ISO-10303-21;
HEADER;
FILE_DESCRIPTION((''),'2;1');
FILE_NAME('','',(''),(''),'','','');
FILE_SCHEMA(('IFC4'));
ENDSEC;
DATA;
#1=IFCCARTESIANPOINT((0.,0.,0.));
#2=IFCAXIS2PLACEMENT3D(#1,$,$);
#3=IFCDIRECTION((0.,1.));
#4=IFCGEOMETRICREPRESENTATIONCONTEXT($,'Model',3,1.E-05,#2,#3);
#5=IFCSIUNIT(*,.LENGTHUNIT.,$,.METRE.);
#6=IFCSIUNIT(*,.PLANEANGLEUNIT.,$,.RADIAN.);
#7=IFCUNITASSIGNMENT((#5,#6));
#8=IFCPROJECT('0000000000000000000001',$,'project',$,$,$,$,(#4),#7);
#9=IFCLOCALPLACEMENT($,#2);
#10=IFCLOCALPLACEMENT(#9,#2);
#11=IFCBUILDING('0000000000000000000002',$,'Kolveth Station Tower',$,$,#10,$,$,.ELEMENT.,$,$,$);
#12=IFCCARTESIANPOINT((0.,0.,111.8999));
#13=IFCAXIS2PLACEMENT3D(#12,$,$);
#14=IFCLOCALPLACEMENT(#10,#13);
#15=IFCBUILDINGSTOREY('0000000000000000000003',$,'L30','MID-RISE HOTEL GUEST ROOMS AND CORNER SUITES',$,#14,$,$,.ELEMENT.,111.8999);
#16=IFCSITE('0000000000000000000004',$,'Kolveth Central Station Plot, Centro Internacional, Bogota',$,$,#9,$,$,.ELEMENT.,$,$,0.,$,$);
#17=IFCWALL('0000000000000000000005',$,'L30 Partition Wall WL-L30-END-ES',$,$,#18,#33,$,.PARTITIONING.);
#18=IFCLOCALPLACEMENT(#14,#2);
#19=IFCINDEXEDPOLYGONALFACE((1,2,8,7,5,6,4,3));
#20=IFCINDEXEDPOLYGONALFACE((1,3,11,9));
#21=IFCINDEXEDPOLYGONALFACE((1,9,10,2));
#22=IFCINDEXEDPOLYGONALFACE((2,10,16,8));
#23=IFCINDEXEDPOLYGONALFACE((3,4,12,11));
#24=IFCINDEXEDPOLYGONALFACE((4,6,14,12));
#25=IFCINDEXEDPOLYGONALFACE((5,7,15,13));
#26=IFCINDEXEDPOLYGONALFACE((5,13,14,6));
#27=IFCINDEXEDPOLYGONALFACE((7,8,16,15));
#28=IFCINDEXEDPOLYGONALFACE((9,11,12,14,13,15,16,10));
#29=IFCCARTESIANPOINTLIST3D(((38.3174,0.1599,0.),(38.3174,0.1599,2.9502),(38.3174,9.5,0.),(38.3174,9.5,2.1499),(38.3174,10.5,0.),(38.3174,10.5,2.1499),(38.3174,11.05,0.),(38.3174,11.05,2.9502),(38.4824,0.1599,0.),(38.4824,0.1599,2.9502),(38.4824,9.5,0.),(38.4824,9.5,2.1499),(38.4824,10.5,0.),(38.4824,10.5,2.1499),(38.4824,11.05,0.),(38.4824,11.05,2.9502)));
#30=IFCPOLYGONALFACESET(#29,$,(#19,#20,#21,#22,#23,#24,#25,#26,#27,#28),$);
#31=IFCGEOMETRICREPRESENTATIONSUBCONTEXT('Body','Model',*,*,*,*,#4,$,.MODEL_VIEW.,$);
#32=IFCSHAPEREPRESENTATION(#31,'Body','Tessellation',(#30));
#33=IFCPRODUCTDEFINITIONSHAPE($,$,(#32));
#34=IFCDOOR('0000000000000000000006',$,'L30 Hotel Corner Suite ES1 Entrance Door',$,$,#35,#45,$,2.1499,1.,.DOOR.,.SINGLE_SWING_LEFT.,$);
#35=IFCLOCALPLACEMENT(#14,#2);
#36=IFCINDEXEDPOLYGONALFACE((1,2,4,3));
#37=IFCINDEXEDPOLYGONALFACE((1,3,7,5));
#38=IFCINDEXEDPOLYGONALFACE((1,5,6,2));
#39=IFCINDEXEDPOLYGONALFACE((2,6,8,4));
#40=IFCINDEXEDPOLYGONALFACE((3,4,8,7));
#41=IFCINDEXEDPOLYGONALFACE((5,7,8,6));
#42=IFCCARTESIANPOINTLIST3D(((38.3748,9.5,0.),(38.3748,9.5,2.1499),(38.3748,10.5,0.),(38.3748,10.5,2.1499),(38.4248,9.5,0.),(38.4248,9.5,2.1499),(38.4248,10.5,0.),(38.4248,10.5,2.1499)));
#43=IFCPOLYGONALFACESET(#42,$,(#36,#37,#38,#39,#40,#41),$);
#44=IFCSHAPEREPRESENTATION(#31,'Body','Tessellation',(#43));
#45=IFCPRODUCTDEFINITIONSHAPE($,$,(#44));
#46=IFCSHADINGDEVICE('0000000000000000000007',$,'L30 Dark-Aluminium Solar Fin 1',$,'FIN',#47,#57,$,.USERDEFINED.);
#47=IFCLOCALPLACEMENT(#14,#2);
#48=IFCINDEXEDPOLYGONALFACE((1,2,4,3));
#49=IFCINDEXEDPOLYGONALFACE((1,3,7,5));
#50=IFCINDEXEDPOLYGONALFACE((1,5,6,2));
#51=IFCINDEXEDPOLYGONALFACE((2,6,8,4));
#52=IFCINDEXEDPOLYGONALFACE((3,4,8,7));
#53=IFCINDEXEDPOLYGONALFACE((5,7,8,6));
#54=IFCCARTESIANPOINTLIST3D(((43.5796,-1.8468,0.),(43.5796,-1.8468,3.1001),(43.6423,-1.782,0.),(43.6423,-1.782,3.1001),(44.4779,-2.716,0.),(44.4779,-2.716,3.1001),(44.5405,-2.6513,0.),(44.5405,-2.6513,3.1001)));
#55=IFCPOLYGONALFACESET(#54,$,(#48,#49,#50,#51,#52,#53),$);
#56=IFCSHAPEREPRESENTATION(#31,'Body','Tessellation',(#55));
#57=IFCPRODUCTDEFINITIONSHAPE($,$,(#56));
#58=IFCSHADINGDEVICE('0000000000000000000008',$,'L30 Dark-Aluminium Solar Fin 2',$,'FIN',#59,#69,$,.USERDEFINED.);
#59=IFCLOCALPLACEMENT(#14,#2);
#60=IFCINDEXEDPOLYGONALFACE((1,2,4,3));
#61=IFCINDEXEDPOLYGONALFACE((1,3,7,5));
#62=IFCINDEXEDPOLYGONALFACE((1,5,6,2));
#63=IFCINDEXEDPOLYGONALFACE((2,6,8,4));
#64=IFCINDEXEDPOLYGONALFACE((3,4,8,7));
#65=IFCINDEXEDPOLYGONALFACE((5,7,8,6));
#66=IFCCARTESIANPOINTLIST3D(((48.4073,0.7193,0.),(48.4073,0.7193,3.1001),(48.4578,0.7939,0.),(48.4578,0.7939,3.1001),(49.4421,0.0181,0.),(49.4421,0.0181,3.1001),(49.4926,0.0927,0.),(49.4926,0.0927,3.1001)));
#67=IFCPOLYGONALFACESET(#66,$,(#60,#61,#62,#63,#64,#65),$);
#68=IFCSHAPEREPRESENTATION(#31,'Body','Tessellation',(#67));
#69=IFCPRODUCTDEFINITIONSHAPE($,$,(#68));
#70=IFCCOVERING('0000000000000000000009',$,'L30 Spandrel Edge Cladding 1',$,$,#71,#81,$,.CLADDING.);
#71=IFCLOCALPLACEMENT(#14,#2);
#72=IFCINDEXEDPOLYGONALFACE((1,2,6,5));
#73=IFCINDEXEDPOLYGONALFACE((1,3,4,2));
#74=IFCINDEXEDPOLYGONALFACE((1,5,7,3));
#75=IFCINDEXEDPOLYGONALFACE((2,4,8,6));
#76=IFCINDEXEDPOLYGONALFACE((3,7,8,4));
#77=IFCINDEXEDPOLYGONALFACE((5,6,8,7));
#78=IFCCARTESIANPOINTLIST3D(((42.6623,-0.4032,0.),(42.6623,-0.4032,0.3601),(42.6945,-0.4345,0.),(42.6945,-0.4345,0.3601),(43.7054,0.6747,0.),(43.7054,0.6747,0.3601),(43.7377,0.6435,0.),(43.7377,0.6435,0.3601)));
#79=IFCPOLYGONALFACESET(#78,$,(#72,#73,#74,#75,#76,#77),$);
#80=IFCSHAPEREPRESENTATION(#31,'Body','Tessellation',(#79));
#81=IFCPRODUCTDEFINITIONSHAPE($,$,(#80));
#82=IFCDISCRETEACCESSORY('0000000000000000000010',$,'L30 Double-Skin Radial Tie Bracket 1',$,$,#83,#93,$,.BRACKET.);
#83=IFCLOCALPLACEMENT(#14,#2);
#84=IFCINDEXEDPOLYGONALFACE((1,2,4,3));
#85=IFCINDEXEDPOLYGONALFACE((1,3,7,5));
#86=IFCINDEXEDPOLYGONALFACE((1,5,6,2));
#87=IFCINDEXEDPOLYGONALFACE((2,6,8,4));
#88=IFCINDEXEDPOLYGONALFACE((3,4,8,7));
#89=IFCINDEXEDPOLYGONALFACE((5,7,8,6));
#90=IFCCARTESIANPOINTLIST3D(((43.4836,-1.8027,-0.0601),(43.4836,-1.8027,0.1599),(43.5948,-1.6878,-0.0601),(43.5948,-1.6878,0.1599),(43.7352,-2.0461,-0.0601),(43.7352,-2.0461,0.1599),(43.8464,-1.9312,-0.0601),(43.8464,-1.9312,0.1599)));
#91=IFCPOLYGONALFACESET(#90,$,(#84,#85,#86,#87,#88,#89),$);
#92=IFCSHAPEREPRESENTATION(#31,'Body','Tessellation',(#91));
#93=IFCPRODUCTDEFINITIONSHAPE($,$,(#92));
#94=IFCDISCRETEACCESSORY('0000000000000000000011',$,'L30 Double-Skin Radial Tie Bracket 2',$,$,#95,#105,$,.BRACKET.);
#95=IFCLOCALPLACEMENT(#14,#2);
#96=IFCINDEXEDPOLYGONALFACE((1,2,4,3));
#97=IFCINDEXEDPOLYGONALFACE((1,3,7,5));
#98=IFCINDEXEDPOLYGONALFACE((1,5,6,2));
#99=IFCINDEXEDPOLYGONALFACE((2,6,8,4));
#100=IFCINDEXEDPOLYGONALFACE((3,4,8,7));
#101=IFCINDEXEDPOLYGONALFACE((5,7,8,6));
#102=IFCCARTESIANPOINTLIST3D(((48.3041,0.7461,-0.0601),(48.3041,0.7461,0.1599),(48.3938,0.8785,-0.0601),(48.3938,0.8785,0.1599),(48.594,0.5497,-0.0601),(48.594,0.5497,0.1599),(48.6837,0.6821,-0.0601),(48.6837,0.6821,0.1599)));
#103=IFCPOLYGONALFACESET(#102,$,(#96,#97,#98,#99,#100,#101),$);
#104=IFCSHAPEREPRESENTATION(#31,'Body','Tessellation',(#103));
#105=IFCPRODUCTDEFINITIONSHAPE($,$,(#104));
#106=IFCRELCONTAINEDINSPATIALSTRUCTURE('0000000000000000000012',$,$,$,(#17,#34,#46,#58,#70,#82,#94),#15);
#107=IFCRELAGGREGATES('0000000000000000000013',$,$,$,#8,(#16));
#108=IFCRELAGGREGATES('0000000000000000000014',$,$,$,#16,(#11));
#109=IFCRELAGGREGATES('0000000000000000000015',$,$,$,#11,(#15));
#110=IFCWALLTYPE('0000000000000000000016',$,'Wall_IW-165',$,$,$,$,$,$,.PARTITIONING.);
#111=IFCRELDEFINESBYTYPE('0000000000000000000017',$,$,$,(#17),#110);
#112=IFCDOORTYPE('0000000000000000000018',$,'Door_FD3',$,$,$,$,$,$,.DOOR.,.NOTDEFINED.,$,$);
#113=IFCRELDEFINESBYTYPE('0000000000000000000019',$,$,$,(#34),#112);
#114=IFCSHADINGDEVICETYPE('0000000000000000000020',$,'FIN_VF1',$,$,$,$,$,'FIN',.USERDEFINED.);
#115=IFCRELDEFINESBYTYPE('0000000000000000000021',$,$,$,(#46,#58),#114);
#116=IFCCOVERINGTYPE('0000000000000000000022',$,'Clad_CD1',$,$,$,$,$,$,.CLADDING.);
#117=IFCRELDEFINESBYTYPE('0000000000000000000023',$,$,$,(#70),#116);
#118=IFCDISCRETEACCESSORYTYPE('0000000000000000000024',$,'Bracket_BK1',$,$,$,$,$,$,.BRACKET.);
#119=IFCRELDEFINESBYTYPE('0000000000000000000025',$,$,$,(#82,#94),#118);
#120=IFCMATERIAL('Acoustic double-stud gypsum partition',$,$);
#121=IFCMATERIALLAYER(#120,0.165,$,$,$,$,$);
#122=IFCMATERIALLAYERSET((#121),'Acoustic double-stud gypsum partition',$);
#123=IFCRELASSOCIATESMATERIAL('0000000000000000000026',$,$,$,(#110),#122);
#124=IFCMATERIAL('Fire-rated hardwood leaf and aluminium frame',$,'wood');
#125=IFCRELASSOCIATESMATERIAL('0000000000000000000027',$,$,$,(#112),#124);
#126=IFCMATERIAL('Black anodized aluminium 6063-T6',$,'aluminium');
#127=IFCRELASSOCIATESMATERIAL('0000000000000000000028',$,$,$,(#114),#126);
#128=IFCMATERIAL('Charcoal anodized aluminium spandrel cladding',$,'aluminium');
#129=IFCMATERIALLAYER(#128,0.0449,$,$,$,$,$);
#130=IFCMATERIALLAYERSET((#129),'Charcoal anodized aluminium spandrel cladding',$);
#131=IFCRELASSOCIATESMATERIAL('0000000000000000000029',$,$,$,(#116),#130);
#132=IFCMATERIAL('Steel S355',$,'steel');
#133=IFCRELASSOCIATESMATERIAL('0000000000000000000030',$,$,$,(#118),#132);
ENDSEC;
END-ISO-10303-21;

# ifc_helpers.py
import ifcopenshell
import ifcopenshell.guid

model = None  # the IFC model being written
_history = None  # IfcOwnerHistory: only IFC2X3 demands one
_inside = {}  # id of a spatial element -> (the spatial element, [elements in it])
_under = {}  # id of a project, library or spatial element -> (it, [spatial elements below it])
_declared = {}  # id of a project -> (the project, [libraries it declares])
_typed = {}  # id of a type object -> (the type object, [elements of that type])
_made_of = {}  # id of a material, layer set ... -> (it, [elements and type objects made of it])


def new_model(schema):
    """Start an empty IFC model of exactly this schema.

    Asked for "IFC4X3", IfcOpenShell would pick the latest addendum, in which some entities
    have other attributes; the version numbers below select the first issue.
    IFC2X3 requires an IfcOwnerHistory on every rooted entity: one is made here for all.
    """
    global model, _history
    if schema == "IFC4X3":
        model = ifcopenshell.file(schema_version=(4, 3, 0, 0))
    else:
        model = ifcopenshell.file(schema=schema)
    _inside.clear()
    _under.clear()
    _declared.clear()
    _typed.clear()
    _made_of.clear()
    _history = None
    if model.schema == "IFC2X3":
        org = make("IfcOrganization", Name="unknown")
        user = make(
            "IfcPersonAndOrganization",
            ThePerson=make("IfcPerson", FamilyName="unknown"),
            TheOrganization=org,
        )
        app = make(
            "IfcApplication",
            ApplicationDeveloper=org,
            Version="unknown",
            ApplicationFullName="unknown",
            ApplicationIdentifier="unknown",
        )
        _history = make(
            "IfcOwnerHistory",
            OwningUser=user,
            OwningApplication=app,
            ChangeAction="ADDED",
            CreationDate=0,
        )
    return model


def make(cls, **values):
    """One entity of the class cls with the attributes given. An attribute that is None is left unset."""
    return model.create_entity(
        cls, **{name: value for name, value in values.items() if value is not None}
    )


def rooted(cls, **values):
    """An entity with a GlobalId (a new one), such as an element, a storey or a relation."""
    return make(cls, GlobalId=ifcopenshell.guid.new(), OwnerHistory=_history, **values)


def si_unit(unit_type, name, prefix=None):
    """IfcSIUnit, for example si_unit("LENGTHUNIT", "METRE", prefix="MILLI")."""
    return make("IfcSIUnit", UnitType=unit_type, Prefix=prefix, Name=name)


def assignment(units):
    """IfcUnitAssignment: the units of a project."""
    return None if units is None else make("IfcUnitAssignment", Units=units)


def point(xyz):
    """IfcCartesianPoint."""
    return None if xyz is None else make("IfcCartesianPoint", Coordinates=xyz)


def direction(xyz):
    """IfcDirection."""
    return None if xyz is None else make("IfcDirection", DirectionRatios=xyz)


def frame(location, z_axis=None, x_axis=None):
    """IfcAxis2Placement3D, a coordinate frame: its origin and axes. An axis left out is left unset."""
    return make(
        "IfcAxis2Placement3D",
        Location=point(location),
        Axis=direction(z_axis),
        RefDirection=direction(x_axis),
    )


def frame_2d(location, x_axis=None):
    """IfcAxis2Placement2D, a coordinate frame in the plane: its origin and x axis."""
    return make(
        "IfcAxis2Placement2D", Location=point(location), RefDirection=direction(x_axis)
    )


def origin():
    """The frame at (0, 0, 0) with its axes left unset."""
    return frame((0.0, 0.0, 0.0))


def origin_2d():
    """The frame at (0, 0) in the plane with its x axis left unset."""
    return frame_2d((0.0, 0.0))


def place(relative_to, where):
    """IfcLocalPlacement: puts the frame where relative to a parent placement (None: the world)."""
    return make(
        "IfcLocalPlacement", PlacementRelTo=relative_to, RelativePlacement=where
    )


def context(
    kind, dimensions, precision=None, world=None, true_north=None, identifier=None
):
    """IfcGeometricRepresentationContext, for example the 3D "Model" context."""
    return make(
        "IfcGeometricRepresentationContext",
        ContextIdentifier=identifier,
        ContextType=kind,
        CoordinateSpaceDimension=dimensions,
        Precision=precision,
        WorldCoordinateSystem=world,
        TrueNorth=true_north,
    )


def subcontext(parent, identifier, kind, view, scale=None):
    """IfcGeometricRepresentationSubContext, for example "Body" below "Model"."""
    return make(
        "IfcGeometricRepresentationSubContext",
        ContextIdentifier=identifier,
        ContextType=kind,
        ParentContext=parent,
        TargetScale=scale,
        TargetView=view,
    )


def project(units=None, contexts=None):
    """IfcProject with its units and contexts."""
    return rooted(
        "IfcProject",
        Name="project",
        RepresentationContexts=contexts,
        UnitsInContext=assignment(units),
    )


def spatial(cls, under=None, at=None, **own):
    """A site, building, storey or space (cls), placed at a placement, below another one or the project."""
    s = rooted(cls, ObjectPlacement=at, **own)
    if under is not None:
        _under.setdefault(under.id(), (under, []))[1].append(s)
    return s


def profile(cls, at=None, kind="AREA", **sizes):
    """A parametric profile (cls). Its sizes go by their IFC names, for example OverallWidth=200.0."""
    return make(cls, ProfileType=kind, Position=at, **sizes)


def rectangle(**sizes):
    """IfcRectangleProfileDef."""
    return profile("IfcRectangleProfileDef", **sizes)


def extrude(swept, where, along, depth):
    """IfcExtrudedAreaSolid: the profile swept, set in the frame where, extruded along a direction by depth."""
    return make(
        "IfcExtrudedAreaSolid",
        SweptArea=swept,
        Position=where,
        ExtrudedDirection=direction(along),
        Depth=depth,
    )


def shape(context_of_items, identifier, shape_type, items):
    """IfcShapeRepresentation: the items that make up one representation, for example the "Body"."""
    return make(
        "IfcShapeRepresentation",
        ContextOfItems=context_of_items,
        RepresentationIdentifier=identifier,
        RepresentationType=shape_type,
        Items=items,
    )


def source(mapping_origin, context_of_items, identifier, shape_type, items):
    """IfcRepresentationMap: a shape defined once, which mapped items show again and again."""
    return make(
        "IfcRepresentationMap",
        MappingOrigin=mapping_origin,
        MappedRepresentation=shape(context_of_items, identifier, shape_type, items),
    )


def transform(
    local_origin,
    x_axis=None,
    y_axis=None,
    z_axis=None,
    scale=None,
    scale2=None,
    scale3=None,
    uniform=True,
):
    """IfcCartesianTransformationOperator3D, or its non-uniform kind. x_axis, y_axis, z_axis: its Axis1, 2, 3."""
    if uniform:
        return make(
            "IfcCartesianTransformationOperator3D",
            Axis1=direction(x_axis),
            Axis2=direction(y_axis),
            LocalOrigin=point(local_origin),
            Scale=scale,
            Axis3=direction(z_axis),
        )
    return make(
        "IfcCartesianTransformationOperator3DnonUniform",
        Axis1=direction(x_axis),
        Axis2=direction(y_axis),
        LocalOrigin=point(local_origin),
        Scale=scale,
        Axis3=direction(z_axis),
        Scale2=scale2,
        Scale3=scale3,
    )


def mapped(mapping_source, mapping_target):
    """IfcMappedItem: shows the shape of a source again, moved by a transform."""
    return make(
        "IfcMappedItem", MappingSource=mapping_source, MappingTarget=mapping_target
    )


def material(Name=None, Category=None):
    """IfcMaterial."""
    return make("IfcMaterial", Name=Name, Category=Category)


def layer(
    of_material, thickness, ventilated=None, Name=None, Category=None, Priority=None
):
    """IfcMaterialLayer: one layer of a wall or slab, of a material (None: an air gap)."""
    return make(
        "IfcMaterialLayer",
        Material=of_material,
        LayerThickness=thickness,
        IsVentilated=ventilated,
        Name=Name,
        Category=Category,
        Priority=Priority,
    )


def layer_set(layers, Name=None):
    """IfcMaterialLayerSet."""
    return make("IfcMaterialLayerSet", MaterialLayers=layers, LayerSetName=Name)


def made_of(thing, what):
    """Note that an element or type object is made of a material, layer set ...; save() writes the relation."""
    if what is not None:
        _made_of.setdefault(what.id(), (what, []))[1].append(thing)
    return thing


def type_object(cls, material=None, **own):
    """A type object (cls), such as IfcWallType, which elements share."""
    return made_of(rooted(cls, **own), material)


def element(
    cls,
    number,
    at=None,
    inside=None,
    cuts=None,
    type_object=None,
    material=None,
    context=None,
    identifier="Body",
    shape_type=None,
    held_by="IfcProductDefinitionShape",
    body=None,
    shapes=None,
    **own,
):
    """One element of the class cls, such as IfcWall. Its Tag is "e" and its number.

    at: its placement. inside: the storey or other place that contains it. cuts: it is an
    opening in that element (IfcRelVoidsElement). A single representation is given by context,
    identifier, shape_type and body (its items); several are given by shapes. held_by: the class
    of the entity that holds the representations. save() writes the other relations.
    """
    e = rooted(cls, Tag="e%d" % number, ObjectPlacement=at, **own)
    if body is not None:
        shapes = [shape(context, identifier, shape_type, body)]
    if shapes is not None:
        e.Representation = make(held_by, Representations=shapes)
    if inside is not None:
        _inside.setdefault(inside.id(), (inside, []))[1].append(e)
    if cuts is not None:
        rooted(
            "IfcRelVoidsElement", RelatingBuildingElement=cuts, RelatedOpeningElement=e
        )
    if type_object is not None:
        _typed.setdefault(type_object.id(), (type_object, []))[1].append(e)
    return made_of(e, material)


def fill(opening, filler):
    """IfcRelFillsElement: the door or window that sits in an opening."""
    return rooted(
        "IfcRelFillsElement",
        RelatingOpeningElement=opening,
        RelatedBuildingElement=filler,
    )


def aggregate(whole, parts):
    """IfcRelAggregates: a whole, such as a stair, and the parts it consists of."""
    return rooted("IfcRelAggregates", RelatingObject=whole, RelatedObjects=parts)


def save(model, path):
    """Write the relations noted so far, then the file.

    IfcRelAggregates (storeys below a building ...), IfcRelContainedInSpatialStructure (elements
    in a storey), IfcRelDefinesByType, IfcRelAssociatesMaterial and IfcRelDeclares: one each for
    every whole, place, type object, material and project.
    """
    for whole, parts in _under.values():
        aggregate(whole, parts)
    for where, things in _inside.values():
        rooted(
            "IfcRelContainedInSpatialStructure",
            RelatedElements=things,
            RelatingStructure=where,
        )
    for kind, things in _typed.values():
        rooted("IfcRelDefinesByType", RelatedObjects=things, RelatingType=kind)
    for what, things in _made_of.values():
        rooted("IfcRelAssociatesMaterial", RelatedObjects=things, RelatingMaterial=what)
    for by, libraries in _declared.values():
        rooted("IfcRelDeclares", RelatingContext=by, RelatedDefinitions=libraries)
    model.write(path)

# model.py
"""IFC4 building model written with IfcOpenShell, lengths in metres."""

from ifc_helpers import new_model, si_unit, direction, frame, frame_2d, origin, origin_2d, place, context, subcontext, project, spatial, rectangle, extrude, source, transform, mapped, material, layer, layer_set, type_object, element, fill, save


model = new_model("IFC4")

# Units and contexts
model_context = context("Model", 3, precision=1e-05, world=origin(), true_north=direction((0.0, 1.0)))
body_context = subcontext(model_context, "Body", "Model", "MODEL_VIEW")
ifc_project = project(units=[si_unit("LENGTHUNIT", "METRE"), si_unit("PLANEANGLEUNIT", "RADIAN")], contexts=[model_context])

# Site, building, storey
site_placement = place(None, origin())
site = spatial("IfcSite", under=ifc_project, at=site_placement, Name="Kolveth Central Station Plot, Centro Internacional, Bogota", CompositionType="ELEMENT", RefElevation=0.0)
building_placement = place(site_placement, origin())
building = spatial("IfcBuilding", under=site, at=building_placement, Name="Kolveth Station Tower", CompositionType="ELEMENT")
storey_placement = place(building_placement, frame((0.0, 0.0, 111.8999)))
storey = spatial("IfcBuildingStorey", under=building, at=storey_placement, Name="L30", Description="MID-RISE HOTEL GUEST ROOMS AND CORNER SUITES", CompositionType="ELEMENT", Elevation=111.8999)

# Shared definitions
ifc_material_1 = material(Name="Steel S355", Category="steel")

# Shared definitions
ifc_material_2 = material(Name="Black anodized aluminium 6063-T6", Category="aluminium")

# Wall, opening, door
ifc_material_3 = material(Name="Acoustic double-stud gypsum partition")
ifc_layer_1 = layer(ifc_material_3, 0.165)
ifc_layer_set_1 = layer_set([ifc_layer_1], Name="Acoustic double-stud gypsum partition")
wall_type = type_object("IfcWallType", Name="Wall_IW-165", PredefinedType="PARTITIONING", material=ifc_layer_set_1)
wall_placement = place(storey_placement, frame((38.3999, 0.1599, 0.0), z_axis=(0.0, 0.0, 1.0), x_axis=(0.0, 1.0, 0.0)))
wall = element("IfcWall", 1, at=wall_placement, inside=storey, type_object=wall_type, Name="L30 Partition Wall WL-L30-END-ES", PredefinedType="PARTITIONING", context=body_context, shape_type="SweptSolid", body=[
    extrude(rectangle(XDim=10.8901, YDim=0.165, at=frame_2d((5.4451, 0.0))), origin(), (0.0, 0.0, 1.0), 2.9502),
])
opening_placement = place(wall_placement, frame((9.3401, 0.0, 0.0)))
opening = element("IfcOpeningElement", 2, at=opening_placement, cuts=wall, PredefinedType="OPENING", context=body_context, shape_type="SweptSolid", body=[
    extrude(rectangle(XDim=1.0, YDim=2.1499, at=frame_2d((0.5, 1.075))), frame((0.0, 0.0925, 0.0), z_axis=(0.0, -1.0, 0.0), x_axis=(1.0, 0.0, 0.0)), (0.0, 0.0, 1.0), 0.1851),
])
ifc_material_4 = material(Name="Fire-rated hardwood leaf and aluminium frame", Category="wood")
door_type = type_object("IfcDoorType", Name="Door_FD3", OperationType="NOTDEFINED", PredefinedType="DOOR", material=ifc_material_4)
door_placement = place(opening_placement, frame((1.0, 0.0, 0.0), z_axis=(0.0, 0.0, 1.0), x_axis=(-1.0, 0.0, 0.0)))
door = element("IfcDoor", 3, at=door_placement, inside=storey, type_object=door_type, Name="L30 Hotel Corner Suite ES1 Entrance Door", OperationType="SINGLE_SWING_LEFT", OverallHeight=2.1499, OverallWidth=1.0, PredefinedType="DOOR", context=body_context, shape_type="SweptSolid", body=[
    extrude(rectangle(XDim=1.0, YDim=2.1499, at=frame_2d((0.5, 1.075))), frame((0.0, 0.0249, 0.0), z_axis=(0.0, -1.0, 0.0), x_axis=(1.0, 0.0, 0.0)), (0.0, 0.0, 1.0), 0.05),
])
fill(opening, door)

# Shading devices
shading_device_type = type_object("IfcShadingDeviceType", Name="FIN_VF1", ElementType="FIN", PredefinedType="USERDEFINED", material=ifc_material_2)
shared_shape_1 = source(origin(), body_context, "Body", "SweptSolid", [
    extrude(rectangle(XDim=1.25, YDim=0.0901, at=origin_2d()), origin(), (0.0, 0.0, 1.0), 3.1001),
])
for number, where, z_axis, x_axis, name in (
    (4, (44.0601, -2.249, 0.0), (0.0, 0.0, 1.0), (0.718612, -0.695411, 0.0), "L30 Dark-Aluminium Solar Fin 1"),
    (5, (48.95, 0.406, 0.0), (0.0, 0.0, 1.0), (0.827865, -0.560928, 0.0), "L30 Dark-Aluminium Solar Fin 2"),
):
    element("IfcShadingDevice", number, at=place(storey_placement, frame(where, z_axis=z_axis, x_axis=x_axis)), inside=storey, type_object=shading_device_type, Name=name, ObjectType="FIN", PredefinedType="USERDEFINED", context=body_context, shape_type="MappedRepresentation", body=[
        mapped(shared_shape_1, transform((0.0, 0.0, 0.0), x_axis=(1.0, 0.0, 0.0), y_axis=(0.0, 1.0, 0.0), z_axis=(0.0, 0.0, 1.0), scale=1.0)),
    ])

# Covering
ifc_material_5 = material(Name="Charcoal anodized aluminium spandrel cladding", Category="aluminium")
ifc_layer_2 = layer(ifc_material_5, 0.0449)
ifc_layer_set_2 = layer_set([ifc_layer_2], Name="Charcoal anodized aluminium spandrel cladding")
covering_type = type_object("IfcCoveringType", Name="Clad_CD1", PredefinedType="CLADDING", material=ifc_layer_set_2)
shared_shape_2 = source(origin(), body_context, "Body", "SweptSolid", [
    extrude(rectangle(XDim=1.5, YDim=0.0449, at=origin_2d()), origin(), (0.0, 0.0, 1.0), 0.3601),
])
covering_placement = place(storey_placement, frame((43.2, 0.1201, 0.0), z_axis=(0.0, 0.0, 1.0), x_axis=(0.695411, 0.718612, 0.0)))
element("IfcCovering", 6, at=covering_placement, inside=storey, type_object=covering_type, Name="L30 Spandrel Edge Cladding 1", PredefinedType="CLADDING", context=body_context, shape_type="MappedRepresentation", body=[
    mapped(shared_shape_2, transform((0.0, 0.0, 0.0), x_axis=(1.0, 0.0, 0.0), y_axis=(0.0, 1.0, 0.0), z_axis=(0.0, 0.0, 1.0), scale=1.0)),
])

# Discrete accessories
discrete_accessory_type = type_object("IfcDiscreteAccessoryType", Name="Bracket_BK1", PredefinedType="BRACKET", material=ifc_material_1)
shared_shape_3 = source(origin(), body_context, "Body", "SweptSolid", [
    extrude(rectangle(XDim=0.3501, YDim=0.1599, at=origin_2d()), origin(), (0.0, 0.0, 1.0), 0.22),
])
for number, where, z_axis, x_axis, name in (
    (7, (43.665, -1.8669, -0.0601), (0.0, 0.0, 1.0), (0.718612, -0.695411, 0.0), "L30 Double-Skin Radial Tie Bracket 1"),
    (8, (48.4939, 0.7141, -0.0601), (0.0, 0.0, 1.0), (0.827865, -0.560928, 0.0), "L30 Double-Skin Radial Tie Bracket 2"),
):
    element("IfcDiscreteAccessory", number, at=place(storey_placement, frame(where, z_axis=z_axis, x_axis=x_axis)), inside=storey, type_object=discrete_accessory_type, Name=name, PredefinedType="BRACKET", context=body_context, shape_type="MappedRepresentation", body=[
        mapped(shared_shape_3, transform((0.0, 0.0, 0.0), x_axis=(1.0, 0.0, 0.0), y_axis=(0.0, 1.0, 0.0), z_axis=(0.0, 0.0, 1.0), scale=1.0)),
    ])

save(model, "model.ifc")
